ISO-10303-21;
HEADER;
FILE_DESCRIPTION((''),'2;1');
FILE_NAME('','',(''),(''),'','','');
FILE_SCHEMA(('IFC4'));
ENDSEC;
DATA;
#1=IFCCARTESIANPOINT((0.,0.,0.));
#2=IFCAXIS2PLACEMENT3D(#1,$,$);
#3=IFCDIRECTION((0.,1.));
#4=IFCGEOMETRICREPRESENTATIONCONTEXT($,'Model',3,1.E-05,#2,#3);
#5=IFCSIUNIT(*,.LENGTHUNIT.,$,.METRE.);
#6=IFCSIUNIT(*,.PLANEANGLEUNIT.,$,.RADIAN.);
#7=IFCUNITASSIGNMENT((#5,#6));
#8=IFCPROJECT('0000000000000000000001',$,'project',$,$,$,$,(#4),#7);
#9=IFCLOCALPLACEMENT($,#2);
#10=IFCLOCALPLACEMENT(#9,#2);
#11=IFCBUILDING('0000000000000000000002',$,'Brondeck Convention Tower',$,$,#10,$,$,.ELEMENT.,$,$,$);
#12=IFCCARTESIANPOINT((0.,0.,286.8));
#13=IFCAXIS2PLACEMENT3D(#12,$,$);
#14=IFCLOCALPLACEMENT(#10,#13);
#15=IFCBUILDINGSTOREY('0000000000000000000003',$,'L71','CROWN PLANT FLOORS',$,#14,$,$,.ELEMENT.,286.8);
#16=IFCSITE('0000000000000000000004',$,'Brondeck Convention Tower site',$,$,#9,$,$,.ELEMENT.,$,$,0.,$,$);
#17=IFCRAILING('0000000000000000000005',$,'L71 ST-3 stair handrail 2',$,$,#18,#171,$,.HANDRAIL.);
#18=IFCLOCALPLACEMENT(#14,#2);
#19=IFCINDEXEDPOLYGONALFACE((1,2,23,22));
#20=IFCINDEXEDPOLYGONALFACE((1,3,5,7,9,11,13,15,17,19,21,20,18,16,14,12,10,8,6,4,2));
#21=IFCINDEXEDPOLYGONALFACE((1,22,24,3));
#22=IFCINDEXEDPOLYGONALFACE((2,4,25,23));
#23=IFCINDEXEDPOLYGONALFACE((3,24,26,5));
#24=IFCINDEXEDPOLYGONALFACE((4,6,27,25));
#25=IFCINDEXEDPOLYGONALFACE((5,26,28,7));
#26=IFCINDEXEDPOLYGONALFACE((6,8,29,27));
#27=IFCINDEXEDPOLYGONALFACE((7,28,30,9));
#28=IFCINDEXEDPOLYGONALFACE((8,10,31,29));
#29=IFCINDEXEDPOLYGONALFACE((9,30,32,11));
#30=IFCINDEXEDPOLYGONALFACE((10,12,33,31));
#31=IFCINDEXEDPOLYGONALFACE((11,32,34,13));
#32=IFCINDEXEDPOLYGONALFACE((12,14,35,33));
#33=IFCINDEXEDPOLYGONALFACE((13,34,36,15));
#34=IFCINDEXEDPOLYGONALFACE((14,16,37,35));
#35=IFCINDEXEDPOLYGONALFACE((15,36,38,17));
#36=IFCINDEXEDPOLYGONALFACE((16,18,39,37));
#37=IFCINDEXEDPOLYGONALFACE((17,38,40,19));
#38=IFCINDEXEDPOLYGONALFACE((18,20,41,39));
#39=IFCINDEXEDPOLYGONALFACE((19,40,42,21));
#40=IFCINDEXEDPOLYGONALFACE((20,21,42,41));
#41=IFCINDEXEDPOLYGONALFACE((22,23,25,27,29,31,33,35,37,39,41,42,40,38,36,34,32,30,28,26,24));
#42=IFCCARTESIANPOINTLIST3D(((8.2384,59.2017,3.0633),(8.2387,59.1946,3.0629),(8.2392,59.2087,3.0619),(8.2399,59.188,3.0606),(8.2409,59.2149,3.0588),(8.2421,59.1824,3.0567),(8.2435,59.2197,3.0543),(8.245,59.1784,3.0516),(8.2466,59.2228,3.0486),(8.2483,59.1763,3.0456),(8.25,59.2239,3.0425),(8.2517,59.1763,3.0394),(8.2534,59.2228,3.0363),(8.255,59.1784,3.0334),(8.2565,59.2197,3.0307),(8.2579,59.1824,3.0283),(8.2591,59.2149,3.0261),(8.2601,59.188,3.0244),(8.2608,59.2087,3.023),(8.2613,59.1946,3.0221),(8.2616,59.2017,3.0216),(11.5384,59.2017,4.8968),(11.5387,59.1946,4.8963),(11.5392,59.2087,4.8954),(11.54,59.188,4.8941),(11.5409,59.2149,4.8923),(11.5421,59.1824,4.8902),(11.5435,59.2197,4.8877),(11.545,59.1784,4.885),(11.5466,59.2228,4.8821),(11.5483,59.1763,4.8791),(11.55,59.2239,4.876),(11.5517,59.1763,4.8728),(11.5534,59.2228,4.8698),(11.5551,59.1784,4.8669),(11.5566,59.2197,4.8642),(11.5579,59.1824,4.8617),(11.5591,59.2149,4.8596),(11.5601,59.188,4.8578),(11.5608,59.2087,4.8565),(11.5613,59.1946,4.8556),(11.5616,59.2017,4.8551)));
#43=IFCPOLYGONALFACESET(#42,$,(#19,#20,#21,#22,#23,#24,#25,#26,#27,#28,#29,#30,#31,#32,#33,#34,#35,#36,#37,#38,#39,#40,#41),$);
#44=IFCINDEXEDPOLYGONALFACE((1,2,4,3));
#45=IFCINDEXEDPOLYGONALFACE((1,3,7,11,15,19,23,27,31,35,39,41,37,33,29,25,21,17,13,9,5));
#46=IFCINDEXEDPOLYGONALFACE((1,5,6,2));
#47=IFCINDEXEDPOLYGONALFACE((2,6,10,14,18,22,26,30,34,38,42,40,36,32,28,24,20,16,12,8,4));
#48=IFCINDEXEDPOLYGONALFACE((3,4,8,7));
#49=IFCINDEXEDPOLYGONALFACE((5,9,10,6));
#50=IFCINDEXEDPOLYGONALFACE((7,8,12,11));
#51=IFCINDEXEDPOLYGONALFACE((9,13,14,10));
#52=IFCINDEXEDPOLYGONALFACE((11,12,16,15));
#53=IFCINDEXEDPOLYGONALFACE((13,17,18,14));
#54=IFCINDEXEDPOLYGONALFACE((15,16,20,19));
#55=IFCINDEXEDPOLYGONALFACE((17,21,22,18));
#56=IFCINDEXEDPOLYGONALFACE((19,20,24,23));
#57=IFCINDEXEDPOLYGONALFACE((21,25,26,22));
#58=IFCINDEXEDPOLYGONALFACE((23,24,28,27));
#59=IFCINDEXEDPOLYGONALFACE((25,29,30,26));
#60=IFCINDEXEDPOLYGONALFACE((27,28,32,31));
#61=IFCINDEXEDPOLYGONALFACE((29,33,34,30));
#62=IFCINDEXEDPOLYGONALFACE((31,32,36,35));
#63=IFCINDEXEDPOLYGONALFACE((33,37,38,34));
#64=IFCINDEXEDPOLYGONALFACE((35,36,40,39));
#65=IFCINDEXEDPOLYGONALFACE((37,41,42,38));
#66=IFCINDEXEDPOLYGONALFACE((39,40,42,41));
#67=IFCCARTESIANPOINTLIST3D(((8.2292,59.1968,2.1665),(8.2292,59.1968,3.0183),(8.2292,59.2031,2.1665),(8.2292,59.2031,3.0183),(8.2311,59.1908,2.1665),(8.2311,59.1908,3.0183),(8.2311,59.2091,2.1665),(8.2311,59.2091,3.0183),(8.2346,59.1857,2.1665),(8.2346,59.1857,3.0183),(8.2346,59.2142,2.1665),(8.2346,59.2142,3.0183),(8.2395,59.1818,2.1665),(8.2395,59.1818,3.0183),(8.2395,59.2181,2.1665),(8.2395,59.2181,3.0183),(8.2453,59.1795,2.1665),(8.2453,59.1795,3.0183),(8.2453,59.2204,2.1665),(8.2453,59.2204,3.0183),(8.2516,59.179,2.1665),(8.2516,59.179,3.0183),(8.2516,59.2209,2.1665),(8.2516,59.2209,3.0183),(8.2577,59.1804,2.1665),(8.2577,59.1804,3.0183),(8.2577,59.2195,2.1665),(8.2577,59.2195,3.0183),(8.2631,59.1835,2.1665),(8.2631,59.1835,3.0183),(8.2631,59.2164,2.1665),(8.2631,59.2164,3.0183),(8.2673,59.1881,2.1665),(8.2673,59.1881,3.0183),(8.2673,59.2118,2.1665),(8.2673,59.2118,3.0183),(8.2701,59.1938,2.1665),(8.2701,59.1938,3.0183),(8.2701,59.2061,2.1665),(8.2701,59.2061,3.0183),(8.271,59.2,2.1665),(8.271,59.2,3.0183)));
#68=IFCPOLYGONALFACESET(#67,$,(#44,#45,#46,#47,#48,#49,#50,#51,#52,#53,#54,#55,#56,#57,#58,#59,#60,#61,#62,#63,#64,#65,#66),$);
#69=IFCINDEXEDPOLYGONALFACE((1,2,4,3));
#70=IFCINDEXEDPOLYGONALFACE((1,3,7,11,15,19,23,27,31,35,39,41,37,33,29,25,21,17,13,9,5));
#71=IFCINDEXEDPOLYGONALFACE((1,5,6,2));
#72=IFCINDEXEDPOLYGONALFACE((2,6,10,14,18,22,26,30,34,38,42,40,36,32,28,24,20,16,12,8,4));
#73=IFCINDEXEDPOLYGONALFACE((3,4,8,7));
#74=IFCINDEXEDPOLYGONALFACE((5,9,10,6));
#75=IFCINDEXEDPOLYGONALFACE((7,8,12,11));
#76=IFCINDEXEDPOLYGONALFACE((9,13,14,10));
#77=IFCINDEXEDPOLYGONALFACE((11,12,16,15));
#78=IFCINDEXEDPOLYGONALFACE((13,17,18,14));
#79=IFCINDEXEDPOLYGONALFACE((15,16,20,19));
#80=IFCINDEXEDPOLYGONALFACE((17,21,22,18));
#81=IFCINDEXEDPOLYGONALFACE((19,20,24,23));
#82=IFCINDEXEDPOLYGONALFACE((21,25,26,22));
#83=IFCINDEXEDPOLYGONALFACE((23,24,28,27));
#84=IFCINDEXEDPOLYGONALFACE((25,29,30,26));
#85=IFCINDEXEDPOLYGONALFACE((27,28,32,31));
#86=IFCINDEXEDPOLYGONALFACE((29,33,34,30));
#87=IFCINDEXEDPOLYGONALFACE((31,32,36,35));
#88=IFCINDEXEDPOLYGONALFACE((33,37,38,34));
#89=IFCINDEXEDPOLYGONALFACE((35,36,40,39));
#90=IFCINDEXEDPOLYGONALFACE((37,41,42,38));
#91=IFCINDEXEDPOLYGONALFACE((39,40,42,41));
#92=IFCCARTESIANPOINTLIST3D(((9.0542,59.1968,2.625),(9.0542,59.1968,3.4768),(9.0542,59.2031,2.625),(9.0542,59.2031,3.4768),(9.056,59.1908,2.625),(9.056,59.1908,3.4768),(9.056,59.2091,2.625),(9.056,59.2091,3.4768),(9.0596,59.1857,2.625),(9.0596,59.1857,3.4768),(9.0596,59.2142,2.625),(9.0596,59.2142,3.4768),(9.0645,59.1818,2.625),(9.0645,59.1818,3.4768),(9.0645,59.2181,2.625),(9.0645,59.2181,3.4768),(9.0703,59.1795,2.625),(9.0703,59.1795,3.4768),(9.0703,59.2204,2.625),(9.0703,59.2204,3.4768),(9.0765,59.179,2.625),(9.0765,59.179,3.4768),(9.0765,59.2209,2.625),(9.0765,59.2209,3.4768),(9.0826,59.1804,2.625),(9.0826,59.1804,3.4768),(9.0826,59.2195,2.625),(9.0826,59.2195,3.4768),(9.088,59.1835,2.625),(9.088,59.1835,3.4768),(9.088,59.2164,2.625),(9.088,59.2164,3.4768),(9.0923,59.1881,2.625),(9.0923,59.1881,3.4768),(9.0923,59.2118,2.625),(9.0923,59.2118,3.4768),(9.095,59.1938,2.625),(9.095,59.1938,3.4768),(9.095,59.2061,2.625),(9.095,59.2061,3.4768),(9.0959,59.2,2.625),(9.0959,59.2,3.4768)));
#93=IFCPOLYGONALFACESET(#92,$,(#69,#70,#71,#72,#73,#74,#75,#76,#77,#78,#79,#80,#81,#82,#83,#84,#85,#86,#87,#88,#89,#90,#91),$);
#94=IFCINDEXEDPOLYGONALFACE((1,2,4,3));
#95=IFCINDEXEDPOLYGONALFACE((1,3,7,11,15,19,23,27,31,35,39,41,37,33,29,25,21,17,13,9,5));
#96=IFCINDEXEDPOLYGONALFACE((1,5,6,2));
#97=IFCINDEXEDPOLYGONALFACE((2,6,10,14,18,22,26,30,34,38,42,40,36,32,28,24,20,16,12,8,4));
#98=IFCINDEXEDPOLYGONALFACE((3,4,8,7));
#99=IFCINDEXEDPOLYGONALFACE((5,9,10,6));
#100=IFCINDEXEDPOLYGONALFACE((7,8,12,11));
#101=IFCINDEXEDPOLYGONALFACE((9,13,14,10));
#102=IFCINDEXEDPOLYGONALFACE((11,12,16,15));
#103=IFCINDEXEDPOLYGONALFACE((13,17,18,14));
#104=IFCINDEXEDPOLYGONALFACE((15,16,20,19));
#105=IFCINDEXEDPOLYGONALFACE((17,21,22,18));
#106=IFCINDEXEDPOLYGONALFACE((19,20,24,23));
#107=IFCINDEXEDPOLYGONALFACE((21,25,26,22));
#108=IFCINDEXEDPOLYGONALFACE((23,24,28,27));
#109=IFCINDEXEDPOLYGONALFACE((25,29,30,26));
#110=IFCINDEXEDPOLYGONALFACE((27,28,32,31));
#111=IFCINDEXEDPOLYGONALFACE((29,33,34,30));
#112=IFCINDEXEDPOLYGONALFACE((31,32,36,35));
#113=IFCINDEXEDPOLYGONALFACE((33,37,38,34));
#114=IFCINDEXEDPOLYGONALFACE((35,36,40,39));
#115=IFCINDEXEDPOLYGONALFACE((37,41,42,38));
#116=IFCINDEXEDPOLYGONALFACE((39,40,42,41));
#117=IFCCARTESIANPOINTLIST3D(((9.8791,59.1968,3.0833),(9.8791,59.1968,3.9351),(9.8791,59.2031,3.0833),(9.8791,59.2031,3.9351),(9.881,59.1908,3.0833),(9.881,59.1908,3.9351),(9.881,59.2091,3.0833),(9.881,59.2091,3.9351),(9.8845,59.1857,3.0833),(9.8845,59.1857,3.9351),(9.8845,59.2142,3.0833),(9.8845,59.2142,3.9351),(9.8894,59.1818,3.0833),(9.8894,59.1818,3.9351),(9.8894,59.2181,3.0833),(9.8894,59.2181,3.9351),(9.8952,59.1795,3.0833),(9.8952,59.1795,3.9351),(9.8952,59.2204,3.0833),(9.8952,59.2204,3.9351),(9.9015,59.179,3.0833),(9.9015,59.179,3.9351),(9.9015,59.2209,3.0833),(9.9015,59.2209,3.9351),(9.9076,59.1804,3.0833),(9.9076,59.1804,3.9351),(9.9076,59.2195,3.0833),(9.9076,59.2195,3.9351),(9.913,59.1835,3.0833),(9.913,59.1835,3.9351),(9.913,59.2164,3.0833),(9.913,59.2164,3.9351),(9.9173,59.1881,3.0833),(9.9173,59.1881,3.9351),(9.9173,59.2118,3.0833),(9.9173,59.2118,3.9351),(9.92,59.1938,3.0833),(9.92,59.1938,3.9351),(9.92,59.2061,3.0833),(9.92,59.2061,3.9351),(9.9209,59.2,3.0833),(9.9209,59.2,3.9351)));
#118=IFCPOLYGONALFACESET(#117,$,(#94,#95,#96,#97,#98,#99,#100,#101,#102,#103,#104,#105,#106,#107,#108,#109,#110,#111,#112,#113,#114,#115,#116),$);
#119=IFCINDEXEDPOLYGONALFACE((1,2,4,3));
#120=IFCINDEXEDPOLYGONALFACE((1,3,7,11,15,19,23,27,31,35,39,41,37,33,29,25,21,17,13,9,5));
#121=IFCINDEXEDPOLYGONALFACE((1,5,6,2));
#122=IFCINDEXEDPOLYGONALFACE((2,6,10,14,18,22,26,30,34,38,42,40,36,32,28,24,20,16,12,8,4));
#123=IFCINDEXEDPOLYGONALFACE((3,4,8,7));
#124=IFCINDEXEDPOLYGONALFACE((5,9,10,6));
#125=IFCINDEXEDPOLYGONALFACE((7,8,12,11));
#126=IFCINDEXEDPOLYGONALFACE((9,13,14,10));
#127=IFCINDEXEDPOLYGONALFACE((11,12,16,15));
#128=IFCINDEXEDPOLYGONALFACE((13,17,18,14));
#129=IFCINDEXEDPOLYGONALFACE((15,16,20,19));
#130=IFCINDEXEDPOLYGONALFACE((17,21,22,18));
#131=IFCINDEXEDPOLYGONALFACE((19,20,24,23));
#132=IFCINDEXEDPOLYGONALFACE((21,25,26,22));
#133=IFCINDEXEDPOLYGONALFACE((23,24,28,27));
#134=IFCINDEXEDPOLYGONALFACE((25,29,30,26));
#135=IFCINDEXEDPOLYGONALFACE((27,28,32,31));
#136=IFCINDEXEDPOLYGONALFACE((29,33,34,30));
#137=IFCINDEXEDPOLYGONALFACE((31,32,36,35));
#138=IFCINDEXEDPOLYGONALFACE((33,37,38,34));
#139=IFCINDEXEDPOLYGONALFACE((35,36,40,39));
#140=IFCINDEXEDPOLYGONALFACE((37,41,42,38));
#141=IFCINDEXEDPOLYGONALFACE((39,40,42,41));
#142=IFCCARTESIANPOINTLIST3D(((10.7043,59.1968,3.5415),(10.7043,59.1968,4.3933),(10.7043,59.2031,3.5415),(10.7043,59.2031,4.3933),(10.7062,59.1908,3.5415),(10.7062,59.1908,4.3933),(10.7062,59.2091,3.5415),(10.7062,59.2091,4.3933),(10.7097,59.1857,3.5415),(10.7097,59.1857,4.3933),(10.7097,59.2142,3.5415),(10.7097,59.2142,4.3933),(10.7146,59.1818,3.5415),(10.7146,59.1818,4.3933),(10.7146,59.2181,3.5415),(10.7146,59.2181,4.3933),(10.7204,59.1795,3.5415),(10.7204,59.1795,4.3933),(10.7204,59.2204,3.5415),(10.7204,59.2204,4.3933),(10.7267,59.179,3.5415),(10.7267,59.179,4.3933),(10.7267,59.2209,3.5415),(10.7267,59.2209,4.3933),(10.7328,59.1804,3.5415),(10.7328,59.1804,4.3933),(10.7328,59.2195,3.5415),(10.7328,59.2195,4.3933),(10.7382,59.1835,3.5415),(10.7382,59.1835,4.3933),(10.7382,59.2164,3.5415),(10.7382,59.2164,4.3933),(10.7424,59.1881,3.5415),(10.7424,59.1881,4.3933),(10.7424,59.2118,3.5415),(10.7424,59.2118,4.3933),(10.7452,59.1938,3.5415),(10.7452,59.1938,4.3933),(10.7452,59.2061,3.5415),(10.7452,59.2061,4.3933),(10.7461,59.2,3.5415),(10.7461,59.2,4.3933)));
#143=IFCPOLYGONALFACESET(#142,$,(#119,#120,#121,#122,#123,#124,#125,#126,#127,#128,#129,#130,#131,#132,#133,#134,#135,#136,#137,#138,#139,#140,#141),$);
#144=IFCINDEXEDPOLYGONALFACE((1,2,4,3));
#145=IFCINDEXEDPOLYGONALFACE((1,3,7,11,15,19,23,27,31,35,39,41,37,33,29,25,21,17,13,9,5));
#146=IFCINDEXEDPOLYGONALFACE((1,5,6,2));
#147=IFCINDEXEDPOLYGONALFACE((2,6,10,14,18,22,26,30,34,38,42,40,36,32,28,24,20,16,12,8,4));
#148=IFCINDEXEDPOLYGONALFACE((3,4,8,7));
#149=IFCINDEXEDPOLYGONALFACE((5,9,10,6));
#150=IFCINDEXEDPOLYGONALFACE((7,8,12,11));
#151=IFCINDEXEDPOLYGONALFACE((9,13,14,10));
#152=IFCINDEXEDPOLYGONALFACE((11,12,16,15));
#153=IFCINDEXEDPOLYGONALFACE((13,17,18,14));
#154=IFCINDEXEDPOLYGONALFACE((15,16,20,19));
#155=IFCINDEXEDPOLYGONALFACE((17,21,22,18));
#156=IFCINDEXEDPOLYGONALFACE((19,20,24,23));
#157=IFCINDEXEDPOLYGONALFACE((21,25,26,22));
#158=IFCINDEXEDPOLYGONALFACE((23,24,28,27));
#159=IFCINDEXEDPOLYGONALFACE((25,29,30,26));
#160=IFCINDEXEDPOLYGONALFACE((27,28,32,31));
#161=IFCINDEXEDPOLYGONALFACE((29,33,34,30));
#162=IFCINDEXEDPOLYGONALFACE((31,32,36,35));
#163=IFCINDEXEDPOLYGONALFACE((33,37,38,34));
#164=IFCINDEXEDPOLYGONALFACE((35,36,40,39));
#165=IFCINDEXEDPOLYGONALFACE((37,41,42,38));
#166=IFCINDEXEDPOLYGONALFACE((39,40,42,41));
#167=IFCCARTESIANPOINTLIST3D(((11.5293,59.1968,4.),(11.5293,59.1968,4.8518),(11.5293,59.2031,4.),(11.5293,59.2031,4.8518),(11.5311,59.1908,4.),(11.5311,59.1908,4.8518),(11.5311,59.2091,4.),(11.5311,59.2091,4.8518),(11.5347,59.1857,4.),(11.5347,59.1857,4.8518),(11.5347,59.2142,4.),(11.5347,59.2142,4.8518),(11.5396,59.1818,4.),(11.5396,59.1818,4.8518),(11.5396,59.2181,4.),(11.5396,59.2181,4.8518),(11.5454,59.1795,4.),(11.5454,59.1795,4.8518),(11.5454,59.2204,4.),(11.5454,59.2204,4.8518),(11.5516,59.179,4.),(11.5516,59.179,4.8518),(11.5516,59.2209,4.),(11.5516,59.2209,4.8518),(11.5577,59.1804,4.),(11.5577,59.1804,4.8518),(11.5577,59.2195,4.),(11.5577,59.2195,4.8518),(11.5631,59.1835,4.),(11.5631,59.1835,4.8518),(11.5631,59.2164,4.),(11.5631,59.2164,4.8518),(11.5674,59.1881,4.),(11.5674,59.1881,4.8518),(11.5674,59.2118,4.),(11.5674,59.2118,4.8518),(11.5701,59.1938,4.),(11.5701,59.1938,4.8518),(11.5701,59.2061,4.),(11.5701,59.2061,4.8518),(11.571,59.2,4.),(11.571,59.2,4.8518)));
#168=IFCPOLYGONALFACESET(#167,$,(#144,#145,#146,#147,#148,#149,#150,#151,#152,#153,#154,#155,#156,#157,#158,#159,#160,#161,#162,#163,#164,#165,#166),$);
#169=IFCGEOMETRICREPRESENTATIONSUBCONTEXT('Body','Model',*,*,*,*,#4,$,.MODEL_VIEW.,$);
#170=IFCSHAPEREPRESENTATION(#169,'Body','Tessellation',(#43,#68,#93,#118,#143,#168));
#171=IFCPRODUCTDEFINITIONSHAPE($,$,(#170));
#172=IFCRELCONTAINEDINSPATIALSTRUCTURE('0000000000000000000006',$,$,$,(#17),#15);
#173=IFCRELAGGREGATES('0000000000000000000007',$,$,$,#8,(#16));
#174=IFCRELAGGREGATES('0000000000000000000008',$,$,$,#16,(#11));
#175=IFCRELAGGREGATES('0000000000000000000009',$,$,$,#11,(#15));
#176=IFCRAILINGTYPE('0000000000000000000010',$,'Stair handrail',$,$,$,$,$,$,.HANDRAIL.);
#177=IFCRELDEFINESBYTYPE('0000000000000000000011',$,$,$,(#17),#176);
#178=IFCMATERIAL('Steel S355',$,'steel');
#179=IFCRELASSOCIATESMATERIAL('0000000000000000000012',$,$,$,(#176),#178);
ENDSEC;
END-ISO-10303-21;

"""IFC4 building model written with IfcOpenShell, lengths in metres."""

from ifc_helpers import new_model, si_unit, direction, frame, origin, origin_2d, place, context, subcontext, project, spatial, circle, extrude, material, type_object, element, save


model = new_model("IFC4")

# Units and contexts
model_context = context("Model", 3, precision=1e-05, world=origin(), true_north=direction((0.0, 1.0)))
body_context = subcontext(model_context, "Body", "Model", "MODEL_VIEW")
ifc_project = project(units=[si_unit("LENGTHUNIT", "METRE"), si_unit("PLANEANGLEUNIT", "RADIAN")], contexts=[model_context])

# Site, building, storey
site_placement = place(None, origin())
site = spatial("IfcSite", under=ifc_project, at=site_placement, Name="Brondeck Convention Tower site", CompositionType="ELEMENT", RefElevation=0.0)
building_placement = place(site_placement, origin())
building = spatial("IfcBuilding", under=site, at=building_placement, Name="Brondeck Convention Tower", CompositionType="ELEMENT")
storey_placement = place(building_placement, frame((0.0, 0.0, 286.8)))
storey = spatial("IfcBuildingStorey", under=building, at=storey_placement, Name="L71", Description="CROWN PLANT FLOORS", CompositionType="ELEMENT", Elevation=286.8)

# Railing
ifc_material_1 = material(Name="Steel S355", Category="steel")
railing_type_1 = type_object("IfcRailingType", Name="Stair handrail", PredefinedType="HANDRAIL", material=ifc_material_1)
railing_1_placement = place(storey_placement, frame((8.25, 59.2, 2.1665)))
element("IfcRailing", 1, at=railing_1_placement, inside=storey, type_object=railing_type_1, Name="L71 ST-3 stair handrail 2", PredefinedType="HANDRAIL", context=body_context, shape_type="SweptSolid", body=[
    extrude(circle(Radius=0.0239, at=origin_2d()), frame((0.0, 0.0, 0.876), z_axis=(0.874142, 0.0, 0.48567), x_axis=(0.0, 1.0, 0.0)), (0.0, 0.0, 1.0), 3.7751),
    extrude(circle(Radius=0.021, at=origin_2d()), origin(), (0.0, 0.0, 1.0), 0.8518),
    extrude(circle(Radius=0.021, at=origin_2d()), frame((0.825, 0.0, 0.4585)), (0.0, 0.0, 1.0), 0.8518),
    extrude(circle(Radius=0.021, at=origin_2d()), frame((1.6499, 0.0, 0.9167)), (0.0, 0.0, 1.0), 0.8518),
    extrude(circle(Radius=0.021, at=origin_2d()), frame((2.4751, 0.0, 1.375)), (0.0, 0.0, 1.0), 0.8518),
    extrude(circle(Radius=0.021, at=origin_2d()), frame((3.3, 0.0, 1.8335)), (0.0, 0.0, 1.0), 0.8518),
])

save(model, "model.ifc")
